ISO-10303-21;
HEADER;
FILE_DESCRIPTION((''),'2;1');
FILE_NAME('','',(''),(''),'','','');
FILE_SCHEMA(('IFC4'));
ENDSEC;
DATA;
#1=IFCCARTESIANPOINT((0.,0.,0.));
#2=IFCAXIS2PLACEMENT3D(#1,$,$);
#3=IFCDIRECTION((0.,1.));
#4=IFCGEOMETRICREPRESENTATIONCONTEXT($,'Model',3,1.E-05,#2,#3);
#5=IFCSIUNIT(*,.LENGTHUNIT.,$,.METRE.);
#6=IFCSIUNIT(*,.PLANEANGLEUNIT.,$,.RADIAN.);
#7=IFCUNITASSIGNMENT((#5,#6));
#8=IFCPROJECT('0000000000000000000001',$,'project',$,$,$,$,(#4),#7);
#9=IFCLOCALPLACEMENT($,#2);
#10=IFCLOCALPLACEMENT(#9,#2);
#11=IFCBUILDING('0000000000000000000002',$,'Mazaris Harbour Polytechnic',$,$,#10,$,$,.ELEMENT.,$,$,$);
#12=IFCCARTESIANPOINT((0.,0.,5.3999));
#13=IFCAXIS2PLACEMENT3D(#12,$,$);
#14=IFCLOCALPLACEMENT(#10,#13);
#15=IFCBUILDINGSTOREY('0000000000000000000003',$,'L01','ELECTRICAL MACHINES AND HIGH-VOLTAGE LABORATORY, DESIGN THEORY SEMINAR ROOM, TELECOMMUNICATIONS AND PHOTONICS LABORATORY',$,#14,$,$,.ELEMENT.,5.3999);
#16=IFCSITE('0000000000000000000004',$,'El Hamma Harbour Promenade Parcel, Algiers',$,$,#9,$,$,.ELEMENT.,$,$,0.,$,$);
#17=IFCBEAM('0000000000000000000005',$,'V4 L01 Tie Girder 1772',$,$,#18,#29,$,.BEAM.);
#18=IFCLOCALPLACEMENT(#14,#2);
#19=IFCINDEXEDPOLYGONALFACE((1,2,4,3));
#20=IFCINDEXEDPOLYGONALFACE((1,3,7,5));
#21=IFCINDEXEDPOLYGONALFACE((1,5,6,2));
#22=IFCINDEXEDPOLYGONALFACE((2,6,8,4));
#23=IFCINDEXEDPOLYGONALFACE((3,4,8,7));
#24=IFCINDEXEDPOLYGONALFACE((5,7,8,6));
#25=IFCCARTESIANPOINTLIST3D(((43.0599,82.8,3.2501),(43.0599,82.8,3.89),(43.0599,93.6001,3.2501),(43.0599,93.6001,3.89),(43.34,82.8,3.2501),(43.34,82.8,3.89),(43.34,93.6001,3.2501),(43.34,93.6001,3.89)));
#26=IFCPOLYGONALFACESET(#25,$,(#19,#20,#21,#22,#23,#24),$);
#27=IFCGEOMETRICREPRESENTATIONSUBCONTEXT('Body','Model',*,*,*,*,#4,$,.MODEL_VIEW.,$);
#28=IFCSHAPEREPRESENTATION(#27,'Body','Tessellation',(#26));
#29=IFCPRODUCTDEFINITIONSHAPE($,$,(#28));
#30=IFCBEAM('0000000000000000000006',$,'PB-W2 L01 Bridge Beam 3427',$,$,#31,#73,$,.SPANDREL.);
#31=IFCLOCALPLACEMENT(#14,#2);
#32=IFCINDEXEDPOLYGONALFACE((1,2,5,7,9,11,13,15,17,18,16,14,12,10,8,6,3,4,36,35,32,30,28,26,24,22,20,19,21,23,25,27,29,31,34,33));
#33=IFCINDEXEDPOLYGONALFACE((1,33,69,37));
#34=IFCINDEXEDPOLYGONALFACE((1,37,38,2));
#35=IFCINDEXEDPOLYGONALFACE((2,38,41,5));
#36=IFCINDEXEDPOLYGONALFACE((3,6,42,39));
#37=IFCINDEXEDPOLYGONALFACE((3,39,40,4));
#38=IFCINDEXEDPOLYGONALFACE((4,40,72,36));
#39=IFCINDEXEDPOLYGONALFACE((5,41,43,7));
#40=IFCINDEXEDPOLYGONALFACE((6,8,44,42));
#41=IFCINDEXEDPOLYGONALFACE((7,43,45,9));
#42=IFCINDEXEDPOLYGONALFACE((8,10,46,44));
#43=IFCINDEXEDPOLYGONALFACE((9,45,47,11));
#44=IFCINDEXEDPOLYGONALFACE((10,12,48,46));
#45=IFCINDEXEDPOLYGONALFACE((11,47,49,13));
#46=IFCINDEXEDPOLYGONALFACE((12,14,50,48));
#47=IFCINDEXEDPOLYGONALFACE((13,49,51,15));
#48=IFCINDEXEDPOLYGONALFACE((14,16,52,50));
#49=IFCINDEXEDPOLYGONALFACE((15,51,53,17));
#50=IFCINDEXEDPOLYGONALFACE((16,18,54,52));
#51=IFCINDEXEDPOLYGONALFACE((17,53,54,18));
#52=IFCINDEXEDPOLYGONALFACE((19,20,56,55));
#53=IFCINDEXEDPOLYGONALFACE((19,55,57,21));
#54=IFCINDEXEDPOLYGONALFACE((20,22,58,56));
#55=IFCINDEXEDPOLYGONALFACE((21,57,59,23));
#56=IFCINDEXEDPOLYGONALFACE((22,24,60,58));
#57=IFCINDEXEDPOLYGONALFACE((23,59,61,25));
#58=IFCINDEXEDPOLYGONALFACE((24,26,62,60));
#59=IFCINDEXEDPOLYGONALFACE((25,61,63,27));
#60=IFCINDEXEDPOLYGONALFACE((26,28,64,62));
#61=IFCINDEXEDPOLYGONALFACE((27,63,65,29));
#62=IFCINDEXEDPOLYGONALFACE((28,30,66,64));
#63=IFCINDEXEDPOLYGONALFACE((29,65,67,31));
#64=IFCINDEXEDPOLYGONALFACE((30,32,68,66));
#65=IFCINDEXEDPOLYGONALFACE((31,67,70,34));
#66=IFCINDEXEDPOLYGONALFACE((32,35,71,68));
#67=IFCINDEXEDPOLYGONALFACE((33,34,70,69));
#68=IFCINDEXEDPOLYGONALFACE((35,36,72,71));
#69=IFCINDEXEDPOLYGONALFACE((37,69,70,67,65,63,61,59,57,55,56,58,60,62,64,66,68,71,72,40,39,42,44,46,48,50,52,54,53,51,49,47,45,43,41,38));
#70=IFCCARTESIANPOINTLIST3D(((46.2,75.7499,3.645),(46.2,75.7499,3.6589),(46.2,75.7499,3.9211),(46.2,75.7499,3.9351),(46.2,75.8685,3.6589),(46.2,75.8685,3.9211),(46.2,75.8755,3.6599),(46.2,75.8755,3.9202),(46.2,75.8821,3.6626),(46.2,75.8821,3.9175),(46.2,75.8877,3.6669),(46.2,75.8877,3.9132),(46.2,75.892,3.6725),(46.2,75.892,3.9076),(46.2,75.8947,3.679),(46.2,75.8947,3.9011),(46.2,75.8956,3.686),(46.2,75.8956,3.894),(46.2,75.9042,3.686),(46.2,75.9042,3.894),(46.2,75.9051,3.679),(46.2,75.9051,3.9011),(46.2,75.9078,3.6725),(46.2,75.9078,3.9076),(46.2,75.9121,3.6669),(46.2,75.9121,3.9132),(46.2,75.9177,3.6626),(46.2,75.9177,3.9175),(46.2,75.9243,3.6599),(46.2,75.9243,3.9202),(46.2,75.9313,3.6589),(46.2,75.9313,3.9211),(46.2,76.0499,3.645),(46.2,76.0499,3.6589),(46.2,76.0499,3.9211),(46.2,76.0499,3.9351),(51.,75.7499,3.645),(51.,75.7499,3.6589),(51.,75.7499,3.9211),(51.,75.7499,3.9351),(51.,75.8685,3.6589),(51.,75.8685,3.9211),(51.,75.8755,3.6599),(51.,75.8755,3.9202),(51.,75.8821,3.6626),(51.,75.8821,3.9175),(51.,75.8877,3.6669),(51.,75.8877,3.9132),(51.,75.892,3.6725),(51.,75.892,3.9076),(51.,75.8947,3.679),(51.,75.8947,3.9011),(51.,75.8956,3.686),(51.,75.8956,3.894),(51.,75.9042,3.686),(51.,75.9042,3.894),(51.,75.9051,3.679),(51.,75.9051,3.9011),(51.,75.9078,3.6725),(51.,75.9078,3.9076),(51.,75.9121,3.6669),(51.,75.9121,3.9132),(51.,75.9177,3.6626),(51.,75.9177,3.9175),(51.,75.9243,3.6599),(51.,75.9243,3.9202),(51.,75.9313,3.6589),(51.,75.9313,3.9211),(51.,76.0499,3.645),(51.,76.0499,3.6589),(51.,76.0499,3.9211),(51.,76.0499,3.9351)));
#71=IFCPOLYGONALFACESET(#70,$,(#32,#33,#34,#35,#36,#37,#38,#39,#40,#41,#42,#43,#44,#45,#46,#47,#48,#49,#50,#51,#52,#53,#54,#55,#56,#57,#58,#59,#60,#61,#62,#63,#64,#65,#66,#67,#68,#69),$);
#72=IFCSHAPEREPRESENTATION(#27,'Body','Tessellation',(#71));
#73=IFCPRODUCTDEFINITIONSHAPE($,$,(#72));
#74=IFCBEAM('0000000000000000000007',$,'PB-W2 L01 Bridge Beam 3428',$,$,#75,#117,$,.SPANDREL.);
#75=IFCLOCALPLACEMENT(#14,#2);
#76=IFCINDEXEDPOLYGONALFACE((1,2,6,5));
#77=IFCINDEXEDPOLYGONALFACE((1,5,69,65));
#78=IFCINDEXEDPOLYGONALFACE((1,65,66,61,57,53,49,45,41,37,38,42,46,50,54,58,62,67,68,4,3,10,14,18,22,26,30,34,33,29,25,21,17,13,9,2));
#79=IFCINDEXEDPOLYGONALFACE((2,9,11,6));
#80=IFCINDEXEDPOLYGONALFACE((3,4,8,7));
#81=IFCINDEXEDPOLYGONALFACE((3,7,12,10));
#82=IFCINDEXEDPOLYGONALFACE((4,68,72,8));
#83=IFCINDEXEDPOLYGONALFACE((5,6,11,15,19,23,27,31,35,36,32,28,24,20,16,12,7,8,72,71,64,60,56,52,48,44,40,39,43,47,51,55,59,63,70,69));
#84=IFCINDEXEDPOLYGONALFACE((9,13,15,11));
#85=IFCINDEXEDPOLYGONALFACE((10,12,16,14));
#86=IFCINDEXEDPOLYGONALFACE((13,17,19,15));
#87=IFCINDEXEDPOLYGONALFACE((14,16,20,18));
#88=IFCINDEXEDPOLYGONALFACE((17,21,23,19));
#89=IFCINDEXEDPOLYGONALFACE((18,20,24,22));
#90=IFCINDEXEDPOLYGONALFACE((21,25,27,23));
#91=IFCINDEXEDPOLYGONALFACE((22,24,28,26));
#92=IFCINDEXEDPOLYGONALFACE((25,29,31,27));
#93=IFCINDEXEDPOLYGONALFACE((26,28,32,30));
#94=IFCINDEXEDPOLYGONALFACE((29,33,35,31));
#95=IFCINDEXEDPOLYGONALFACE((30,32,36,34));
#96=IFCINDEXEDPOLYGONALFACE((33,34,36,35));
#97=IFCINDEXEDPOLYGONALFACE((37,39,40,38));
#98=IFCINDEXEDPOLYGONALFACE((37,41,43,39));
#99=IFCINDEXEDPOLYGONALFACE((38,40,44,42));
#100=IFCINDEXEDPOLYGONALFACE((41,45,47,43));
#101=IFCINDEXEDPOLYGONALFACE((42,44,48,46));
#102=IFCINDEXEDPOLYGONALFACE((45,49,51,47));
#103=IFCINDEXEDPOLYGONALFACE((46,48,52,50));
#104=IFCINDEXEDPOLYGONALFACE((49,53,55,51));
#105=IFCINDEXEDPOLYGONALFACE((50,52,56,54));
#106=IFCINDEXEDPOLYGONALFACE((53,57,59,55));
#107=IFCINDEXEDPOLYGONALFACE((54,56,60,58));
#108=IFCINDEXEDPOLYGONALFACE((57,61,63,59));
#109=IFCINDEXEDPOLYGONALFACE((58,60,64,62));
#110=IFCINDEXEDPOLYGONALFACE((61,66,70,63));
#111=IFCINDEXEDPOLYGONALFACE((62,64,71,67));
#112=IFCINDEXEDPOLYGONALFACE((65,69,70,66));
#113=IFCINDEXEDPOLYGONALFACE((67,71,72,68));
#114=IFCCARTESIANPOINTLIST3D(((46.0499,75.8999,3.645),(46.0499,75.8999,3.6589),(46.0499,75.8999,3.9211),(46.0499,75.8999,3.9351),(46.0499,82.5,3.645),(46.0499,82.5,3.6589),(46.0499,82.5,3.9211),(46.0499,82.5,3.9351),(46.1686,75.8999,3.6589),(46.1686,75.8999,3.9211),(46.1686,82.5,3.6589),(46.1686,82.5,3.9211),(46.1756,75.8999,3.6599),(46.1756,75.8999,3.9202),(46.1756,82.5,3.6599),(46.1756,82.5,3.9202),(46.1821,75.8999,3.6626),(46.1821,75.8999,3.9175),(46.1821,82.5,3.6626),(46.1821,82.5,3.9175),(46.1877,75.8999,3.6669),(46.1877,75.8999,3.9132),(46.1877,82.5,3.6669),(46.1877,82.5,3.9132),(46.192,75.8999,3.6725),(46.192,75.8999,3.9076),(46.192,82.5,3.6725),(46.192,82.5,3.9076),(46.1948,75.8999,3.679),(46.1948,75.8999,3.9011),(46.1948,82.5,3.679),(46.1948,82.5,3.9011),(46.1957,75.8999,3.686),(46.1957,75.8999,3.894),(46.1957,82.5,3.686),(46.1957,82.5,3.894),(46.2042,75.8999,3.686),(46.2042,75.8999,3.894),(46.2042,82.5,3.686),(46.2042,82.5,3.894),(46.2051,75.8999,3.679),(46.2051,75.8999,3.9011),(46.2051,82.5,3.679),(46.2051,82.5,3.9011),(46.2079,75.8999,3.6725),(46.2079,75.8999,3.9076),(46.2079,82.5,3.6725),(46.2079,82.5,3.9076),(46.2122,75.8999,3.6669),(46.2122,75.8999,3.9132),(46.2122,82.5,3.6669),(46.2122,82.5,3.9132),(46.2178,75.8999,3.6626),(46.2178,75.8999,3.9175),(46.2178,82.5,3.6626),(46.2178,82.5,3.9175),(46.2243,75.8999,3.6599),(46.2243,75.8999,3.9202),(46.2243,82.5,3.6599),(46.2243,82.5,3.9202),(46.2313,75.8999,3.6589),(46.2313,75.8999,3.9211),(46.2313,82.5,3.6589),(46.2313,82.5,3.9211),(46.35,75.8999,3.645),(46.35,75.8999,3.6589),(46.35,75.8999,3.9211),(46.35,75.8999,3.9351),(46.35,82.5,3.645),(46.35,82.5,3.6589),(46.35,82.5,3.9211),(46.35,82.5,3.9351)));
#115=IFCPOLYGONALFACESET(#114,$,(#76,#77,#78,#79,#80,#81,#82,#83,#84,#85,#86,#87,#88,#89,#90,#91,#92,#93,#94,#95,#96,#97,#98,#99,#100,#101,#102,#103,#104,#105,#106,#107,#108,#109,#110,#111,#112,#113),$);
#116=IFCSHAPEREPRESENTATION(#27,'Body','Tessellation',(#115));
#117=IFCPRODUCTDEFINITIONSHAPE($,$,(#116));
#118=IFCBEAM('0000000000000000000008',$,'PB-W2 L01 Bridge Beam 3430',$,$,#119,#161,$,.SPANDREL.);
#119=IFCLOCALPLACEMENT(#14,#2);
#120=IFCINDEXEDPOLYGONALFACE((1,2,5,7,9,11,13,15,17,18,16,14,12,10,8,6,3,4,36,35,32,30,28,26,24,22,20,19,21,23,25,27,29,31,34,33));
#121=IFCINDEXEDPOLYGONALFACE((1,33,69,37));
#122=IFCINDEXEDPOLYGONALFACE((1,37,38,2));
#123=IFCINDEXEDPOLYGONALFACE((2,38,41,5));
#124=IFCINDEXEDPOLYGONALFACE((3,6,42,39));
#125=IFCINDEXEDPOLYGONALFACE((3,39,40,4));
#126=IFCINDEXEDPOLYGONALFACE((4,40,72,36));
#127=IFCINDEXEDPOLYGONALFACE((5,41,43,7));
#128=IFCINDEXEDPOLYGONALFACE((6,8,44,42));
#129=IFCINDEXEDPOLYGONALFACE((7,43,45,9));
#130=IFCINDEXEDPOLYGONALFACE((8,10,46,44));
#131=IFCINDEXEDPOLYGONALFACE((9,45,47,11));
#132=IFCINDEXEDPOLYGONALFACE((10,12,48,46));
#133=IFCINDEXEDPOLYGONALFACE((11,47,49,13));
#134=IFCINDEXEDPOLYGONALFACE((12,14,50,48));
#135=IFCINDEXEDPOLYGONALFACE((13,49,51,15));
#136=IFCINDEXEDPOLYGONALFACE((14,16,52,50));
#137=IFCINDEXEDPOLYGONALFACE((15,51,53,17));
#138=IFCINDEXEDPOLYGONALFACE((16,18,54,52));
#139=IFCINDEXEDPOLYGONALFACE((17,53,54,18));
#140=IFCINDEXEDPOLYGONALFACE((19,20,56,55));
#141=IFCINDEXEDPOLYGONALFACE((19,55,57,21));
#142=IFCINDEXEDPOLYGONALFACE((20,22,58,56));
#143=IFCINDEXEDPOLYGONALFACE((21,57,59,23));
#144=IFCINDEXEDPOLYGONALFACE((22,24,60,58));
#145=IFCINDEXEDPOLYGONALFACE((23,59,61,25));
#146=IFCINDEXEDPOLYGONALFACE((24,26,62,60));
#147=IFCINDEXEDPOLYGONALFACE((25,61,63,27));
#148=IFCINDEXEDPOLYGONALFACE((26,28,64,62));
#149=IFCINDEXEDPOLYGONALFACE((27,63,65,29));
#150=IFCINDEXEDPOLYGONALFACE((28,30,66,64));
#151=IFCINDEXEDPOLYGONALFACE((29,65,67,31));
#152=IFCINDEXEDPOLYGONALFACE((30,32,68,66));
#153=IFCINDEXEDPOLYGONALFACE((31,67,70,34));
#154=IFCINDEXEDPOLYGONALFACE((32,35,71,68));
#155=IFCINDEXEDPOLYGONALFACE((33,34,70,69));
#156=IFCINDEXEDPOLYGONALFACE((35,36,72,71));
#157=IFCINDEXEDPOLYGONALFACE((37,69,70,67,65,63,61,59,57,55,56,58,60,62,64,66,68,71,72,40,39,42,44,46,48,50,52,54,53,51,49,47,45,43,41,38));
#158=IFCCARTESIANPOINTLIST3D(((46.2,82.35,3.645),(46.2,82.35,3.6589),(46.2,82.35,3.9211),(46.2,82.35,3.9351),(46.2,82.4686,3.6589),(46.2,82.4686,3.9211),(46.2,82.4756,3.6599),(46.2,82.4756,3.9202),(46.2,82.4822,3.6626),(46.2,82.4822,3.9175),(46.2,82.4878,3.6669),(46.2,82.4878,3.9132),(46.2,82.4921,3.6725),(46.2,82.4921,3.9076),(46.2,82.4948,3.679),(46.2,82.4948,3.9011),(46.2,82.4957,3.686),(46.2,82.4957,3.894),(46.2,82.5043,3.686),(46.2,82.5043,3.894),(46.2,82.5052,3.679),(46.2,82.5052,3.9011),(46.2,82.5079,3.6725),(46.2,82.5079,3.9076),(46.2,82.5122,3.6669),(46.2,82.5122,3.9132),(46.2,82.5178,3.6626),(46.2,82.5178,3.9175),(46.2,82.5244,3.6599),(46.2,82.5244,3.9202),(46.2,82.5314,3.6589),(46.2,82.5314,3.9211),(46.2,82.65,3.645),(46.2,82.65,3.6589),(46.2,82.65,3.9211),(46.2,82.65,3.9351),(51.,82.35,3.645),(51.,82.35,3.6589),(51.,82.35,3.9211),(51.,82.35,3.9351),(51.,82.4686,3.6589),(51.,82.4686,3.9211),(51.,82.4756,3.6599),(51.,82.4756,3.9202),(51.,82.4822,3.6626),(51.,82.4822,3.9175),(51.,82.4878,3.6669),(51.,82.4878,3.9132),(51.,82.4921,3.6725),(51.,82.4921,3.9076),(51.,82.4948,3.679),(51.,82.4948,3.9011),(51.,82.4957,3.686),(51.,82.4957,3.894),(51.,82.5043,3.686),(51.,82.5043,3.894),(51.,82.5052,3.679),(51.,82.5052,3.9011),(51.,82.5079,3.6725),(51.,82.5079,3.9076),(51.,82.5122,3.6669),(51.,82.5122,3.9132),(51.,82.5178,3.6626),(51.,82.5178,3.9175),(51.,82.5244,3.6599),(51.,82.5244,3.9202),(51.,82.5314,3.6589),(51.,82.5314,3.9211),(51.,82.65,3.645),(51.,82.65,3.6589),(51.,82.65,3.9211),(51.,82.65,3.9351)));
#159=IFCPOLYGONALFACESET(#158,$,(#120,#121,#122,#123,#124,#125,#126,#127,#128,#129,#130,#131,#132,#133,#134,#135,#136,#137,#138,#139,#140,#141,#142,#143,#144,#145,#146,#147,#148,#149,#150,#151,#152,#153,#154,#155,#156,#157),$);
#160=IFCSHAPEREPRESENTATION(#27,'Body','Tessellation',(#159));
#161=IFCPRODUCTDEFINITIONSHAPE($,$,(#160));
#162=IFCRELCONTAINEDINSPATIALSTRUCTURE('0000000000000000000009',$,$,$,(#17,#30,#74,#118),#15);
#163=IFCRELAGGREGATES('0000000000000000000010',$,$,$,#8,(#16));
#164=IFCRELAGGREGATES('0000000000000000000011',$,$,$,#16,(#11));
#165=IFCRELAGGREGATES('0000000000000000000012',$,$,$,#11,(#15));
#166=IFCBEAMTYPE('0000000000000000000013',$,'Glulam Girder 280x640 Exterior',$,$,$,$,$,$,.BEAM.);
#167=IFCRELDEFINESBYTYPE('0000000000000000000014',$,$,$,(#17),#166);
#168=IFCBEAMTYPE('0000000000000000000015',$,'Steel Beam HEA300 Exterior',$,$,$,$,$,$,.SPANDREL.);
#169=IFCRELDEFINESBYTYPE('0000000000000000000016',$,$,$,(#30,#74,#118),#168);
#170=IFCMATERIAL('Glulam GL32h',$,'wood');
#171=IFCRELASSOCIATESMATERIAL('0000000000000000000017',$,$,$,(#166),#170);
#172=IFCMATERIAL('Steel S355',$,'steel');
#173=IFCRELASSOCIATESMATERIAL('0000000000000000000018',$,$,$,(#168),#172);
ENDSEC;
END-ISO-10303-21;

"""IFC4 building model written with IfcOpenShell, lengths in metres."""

from ifc_helpers import new_model, si_unit, direction, frame, origin, origin_2d, place, context, subcontext, project, spatial, rectangle, i_section, extrude, material, material_profile, profile_set, type_object, element, save


model = new_model("IFC4")

# Units and contexts
model_context = context("Model", 3, precision=1e-05, world=origin(), true_north=direction((0.0, 1.0)))
body_context = subcontext(model_context, "Body", "Model", "MODEL_VIEW")
ifc_project = project(units=[si_unit("LENGTHUNIT", "METRE"), si_unit("PLANEANGLEUNIT", "RADIAN")], contexts=[model_context])

# Site, building, storey
site_placement = place(None, origin())
site = spatial("IfcSite", under=ifc_project, at=site_placement, Name="El Hamma Harbour Promenade Parcel, Algiers", CompositionType="ELEMENT", RefElevation=0.0)
building_placement = place(site_placement, origin())
building = spatial("IfcBuilding", under=site, at=building_placement, Name="Mazaris Harbour Polytechnic", CompositionType="ELEMENT")
storey_placement = place(building_placement, frame((0.0, 0.0, 5.3999)))
storey = spatial("IfcBuildingStorey", under=building, at=storey_placement, Name="L01", Description="ELECTRICAL MACHINES AND HIGH-VOLTAGE LABORATORY, DESIGN THEORY SEMINAR ROOM, TELECOMMUNICATIONS AND PHOTONICS LABORATORY", CompositionType="ELEMENT", Elevation=5.3999)

# Beams
ifc_material_1 = material(Name="Glulam GL32h", Category="wood")
ifc_material_profile_1 = material_profile(ifc_material_1, rectangle(XDim=0.28, YDim=0.6399, at=origin_2d()), Name="RECT280x640")
ifc_profile_set_1 = profile_set([ifc_material_profile_1], Name="Glulam GL32h")
beam_type_1 = type_object("IfcBeamType", Name="Glulam Girder 280x640 Exterior", PredefinedType="BEAM", material=ifc_profile_set_1)
beam_1_placement = place(storey_placement, frame((43.2, 82.8, 3.5701), z_axis=(0.0, 1.0, 0.0), x_axis=(-1.0, 0.0, 0.0)))
element("IfcBeam", 1, at=beam_1_placement, inside=storey, type_object=beam_type_1, Name="V4 L01 Tie Girder 1772", PredefinedType="BEAM", context=body_context, shape_type="SweptSolid", body=[
    extrude(rectangle(XDim=0.28, YDim=0.6399, at=origin_2d()), origin(), (0.0, 0.0, 1.0), 10.8),
])
ifc_material_2 = material(Name="Steel S355", Category="steel")
ifc_material_profile_2 = material_profile(ifc_material_2, i_section(OverallWidth=0.3, OverallDepth=0.29, WebThickness=0.0085, FlangeThickness=0.0139, FilletRadius=0.0271, at=origin_2d()), Name="HEA 300")
ifc_profile_set_2 = profile_set([ifc_material_profile_2], Name="Steel S355")
beam_type_2 = type_object("IfcBeamType", Name="Steel Beam HEA300 Exterior", PredefinedType="SPANDREL", material=ifc_profile_set_2)
beam_2_placement = place(storey_placement, frame((46.2, 75.8999, 3.79), z_axis=(1.0, 0.0, 0.0), x_axis=(0.0, 1.0, 0.0)))
element("IfcBeam", 2, at=beam_2_placement, inside=storey, type_object=beam_type_2, Name="PB-W2 L01 Bridge Beam 3427", PredefinedType="SPANDREL", context=body_context, shape_type="SweptSolid", body=[
    extrude(i_section(OverallWidth=0.3, OverallDepth=0.29, WebThickness=0.0085, FlangeThickness=0.0139, FilletRadius=0.0271, at=origin_2d()), origin(), (0.0, 0.0, 1.0), 4.8),
])
beam_3_placement = place(storey_placement, frame((46.2, 75.8999, 3.79), z_axis=(0.0, 1.0, 0.0), x_axis=(-1.0, 0.0, 0.0)))
element("IfcBeam", 3, at=beam_3_placement, inside=storey, type_object=beam_type_2, Name="PB-W2 L01 Bridge Beam 3428", PredefinedType="SPANDREL", context=body_context, shape_type="SweptSolid", body=[
    extrude(i_section(OverallWidth=0.3, OverallDepth=0.29, WebThickness=0.0085, FlangeThickness=0.0139, FilletRadius=0.0271, at=origin_2d()), origin(), (0.0, 0.0, 1.0), 6.6001),
])
beam_4_placement = place(storey_placement, frame((46.2, 82.5, 3.79), z_axis=(1.0, 0.0, 0.0), x_axis=(0.0, 1.0, 0.0)))
element("IfcBeam", 4, at=beam_4_placement, inside=storey, type_object=beam_type_2, Name="PB-W2 L01 Bridge Beam 3430", PredefinedType="SPANDREL", context=body_context, shape_type="SweptSolid", body=[
    extrude(i_section(OverallWidth=0.3, OverallDepth=0.29, WebThickness=0.0085, FlangeThickness=0.0139, FilletRadius=0.0271, at=origin_2d()), origin(), (0.0, 0.0, 1.0), 4.8),
])

save(model, "model.ifc")
